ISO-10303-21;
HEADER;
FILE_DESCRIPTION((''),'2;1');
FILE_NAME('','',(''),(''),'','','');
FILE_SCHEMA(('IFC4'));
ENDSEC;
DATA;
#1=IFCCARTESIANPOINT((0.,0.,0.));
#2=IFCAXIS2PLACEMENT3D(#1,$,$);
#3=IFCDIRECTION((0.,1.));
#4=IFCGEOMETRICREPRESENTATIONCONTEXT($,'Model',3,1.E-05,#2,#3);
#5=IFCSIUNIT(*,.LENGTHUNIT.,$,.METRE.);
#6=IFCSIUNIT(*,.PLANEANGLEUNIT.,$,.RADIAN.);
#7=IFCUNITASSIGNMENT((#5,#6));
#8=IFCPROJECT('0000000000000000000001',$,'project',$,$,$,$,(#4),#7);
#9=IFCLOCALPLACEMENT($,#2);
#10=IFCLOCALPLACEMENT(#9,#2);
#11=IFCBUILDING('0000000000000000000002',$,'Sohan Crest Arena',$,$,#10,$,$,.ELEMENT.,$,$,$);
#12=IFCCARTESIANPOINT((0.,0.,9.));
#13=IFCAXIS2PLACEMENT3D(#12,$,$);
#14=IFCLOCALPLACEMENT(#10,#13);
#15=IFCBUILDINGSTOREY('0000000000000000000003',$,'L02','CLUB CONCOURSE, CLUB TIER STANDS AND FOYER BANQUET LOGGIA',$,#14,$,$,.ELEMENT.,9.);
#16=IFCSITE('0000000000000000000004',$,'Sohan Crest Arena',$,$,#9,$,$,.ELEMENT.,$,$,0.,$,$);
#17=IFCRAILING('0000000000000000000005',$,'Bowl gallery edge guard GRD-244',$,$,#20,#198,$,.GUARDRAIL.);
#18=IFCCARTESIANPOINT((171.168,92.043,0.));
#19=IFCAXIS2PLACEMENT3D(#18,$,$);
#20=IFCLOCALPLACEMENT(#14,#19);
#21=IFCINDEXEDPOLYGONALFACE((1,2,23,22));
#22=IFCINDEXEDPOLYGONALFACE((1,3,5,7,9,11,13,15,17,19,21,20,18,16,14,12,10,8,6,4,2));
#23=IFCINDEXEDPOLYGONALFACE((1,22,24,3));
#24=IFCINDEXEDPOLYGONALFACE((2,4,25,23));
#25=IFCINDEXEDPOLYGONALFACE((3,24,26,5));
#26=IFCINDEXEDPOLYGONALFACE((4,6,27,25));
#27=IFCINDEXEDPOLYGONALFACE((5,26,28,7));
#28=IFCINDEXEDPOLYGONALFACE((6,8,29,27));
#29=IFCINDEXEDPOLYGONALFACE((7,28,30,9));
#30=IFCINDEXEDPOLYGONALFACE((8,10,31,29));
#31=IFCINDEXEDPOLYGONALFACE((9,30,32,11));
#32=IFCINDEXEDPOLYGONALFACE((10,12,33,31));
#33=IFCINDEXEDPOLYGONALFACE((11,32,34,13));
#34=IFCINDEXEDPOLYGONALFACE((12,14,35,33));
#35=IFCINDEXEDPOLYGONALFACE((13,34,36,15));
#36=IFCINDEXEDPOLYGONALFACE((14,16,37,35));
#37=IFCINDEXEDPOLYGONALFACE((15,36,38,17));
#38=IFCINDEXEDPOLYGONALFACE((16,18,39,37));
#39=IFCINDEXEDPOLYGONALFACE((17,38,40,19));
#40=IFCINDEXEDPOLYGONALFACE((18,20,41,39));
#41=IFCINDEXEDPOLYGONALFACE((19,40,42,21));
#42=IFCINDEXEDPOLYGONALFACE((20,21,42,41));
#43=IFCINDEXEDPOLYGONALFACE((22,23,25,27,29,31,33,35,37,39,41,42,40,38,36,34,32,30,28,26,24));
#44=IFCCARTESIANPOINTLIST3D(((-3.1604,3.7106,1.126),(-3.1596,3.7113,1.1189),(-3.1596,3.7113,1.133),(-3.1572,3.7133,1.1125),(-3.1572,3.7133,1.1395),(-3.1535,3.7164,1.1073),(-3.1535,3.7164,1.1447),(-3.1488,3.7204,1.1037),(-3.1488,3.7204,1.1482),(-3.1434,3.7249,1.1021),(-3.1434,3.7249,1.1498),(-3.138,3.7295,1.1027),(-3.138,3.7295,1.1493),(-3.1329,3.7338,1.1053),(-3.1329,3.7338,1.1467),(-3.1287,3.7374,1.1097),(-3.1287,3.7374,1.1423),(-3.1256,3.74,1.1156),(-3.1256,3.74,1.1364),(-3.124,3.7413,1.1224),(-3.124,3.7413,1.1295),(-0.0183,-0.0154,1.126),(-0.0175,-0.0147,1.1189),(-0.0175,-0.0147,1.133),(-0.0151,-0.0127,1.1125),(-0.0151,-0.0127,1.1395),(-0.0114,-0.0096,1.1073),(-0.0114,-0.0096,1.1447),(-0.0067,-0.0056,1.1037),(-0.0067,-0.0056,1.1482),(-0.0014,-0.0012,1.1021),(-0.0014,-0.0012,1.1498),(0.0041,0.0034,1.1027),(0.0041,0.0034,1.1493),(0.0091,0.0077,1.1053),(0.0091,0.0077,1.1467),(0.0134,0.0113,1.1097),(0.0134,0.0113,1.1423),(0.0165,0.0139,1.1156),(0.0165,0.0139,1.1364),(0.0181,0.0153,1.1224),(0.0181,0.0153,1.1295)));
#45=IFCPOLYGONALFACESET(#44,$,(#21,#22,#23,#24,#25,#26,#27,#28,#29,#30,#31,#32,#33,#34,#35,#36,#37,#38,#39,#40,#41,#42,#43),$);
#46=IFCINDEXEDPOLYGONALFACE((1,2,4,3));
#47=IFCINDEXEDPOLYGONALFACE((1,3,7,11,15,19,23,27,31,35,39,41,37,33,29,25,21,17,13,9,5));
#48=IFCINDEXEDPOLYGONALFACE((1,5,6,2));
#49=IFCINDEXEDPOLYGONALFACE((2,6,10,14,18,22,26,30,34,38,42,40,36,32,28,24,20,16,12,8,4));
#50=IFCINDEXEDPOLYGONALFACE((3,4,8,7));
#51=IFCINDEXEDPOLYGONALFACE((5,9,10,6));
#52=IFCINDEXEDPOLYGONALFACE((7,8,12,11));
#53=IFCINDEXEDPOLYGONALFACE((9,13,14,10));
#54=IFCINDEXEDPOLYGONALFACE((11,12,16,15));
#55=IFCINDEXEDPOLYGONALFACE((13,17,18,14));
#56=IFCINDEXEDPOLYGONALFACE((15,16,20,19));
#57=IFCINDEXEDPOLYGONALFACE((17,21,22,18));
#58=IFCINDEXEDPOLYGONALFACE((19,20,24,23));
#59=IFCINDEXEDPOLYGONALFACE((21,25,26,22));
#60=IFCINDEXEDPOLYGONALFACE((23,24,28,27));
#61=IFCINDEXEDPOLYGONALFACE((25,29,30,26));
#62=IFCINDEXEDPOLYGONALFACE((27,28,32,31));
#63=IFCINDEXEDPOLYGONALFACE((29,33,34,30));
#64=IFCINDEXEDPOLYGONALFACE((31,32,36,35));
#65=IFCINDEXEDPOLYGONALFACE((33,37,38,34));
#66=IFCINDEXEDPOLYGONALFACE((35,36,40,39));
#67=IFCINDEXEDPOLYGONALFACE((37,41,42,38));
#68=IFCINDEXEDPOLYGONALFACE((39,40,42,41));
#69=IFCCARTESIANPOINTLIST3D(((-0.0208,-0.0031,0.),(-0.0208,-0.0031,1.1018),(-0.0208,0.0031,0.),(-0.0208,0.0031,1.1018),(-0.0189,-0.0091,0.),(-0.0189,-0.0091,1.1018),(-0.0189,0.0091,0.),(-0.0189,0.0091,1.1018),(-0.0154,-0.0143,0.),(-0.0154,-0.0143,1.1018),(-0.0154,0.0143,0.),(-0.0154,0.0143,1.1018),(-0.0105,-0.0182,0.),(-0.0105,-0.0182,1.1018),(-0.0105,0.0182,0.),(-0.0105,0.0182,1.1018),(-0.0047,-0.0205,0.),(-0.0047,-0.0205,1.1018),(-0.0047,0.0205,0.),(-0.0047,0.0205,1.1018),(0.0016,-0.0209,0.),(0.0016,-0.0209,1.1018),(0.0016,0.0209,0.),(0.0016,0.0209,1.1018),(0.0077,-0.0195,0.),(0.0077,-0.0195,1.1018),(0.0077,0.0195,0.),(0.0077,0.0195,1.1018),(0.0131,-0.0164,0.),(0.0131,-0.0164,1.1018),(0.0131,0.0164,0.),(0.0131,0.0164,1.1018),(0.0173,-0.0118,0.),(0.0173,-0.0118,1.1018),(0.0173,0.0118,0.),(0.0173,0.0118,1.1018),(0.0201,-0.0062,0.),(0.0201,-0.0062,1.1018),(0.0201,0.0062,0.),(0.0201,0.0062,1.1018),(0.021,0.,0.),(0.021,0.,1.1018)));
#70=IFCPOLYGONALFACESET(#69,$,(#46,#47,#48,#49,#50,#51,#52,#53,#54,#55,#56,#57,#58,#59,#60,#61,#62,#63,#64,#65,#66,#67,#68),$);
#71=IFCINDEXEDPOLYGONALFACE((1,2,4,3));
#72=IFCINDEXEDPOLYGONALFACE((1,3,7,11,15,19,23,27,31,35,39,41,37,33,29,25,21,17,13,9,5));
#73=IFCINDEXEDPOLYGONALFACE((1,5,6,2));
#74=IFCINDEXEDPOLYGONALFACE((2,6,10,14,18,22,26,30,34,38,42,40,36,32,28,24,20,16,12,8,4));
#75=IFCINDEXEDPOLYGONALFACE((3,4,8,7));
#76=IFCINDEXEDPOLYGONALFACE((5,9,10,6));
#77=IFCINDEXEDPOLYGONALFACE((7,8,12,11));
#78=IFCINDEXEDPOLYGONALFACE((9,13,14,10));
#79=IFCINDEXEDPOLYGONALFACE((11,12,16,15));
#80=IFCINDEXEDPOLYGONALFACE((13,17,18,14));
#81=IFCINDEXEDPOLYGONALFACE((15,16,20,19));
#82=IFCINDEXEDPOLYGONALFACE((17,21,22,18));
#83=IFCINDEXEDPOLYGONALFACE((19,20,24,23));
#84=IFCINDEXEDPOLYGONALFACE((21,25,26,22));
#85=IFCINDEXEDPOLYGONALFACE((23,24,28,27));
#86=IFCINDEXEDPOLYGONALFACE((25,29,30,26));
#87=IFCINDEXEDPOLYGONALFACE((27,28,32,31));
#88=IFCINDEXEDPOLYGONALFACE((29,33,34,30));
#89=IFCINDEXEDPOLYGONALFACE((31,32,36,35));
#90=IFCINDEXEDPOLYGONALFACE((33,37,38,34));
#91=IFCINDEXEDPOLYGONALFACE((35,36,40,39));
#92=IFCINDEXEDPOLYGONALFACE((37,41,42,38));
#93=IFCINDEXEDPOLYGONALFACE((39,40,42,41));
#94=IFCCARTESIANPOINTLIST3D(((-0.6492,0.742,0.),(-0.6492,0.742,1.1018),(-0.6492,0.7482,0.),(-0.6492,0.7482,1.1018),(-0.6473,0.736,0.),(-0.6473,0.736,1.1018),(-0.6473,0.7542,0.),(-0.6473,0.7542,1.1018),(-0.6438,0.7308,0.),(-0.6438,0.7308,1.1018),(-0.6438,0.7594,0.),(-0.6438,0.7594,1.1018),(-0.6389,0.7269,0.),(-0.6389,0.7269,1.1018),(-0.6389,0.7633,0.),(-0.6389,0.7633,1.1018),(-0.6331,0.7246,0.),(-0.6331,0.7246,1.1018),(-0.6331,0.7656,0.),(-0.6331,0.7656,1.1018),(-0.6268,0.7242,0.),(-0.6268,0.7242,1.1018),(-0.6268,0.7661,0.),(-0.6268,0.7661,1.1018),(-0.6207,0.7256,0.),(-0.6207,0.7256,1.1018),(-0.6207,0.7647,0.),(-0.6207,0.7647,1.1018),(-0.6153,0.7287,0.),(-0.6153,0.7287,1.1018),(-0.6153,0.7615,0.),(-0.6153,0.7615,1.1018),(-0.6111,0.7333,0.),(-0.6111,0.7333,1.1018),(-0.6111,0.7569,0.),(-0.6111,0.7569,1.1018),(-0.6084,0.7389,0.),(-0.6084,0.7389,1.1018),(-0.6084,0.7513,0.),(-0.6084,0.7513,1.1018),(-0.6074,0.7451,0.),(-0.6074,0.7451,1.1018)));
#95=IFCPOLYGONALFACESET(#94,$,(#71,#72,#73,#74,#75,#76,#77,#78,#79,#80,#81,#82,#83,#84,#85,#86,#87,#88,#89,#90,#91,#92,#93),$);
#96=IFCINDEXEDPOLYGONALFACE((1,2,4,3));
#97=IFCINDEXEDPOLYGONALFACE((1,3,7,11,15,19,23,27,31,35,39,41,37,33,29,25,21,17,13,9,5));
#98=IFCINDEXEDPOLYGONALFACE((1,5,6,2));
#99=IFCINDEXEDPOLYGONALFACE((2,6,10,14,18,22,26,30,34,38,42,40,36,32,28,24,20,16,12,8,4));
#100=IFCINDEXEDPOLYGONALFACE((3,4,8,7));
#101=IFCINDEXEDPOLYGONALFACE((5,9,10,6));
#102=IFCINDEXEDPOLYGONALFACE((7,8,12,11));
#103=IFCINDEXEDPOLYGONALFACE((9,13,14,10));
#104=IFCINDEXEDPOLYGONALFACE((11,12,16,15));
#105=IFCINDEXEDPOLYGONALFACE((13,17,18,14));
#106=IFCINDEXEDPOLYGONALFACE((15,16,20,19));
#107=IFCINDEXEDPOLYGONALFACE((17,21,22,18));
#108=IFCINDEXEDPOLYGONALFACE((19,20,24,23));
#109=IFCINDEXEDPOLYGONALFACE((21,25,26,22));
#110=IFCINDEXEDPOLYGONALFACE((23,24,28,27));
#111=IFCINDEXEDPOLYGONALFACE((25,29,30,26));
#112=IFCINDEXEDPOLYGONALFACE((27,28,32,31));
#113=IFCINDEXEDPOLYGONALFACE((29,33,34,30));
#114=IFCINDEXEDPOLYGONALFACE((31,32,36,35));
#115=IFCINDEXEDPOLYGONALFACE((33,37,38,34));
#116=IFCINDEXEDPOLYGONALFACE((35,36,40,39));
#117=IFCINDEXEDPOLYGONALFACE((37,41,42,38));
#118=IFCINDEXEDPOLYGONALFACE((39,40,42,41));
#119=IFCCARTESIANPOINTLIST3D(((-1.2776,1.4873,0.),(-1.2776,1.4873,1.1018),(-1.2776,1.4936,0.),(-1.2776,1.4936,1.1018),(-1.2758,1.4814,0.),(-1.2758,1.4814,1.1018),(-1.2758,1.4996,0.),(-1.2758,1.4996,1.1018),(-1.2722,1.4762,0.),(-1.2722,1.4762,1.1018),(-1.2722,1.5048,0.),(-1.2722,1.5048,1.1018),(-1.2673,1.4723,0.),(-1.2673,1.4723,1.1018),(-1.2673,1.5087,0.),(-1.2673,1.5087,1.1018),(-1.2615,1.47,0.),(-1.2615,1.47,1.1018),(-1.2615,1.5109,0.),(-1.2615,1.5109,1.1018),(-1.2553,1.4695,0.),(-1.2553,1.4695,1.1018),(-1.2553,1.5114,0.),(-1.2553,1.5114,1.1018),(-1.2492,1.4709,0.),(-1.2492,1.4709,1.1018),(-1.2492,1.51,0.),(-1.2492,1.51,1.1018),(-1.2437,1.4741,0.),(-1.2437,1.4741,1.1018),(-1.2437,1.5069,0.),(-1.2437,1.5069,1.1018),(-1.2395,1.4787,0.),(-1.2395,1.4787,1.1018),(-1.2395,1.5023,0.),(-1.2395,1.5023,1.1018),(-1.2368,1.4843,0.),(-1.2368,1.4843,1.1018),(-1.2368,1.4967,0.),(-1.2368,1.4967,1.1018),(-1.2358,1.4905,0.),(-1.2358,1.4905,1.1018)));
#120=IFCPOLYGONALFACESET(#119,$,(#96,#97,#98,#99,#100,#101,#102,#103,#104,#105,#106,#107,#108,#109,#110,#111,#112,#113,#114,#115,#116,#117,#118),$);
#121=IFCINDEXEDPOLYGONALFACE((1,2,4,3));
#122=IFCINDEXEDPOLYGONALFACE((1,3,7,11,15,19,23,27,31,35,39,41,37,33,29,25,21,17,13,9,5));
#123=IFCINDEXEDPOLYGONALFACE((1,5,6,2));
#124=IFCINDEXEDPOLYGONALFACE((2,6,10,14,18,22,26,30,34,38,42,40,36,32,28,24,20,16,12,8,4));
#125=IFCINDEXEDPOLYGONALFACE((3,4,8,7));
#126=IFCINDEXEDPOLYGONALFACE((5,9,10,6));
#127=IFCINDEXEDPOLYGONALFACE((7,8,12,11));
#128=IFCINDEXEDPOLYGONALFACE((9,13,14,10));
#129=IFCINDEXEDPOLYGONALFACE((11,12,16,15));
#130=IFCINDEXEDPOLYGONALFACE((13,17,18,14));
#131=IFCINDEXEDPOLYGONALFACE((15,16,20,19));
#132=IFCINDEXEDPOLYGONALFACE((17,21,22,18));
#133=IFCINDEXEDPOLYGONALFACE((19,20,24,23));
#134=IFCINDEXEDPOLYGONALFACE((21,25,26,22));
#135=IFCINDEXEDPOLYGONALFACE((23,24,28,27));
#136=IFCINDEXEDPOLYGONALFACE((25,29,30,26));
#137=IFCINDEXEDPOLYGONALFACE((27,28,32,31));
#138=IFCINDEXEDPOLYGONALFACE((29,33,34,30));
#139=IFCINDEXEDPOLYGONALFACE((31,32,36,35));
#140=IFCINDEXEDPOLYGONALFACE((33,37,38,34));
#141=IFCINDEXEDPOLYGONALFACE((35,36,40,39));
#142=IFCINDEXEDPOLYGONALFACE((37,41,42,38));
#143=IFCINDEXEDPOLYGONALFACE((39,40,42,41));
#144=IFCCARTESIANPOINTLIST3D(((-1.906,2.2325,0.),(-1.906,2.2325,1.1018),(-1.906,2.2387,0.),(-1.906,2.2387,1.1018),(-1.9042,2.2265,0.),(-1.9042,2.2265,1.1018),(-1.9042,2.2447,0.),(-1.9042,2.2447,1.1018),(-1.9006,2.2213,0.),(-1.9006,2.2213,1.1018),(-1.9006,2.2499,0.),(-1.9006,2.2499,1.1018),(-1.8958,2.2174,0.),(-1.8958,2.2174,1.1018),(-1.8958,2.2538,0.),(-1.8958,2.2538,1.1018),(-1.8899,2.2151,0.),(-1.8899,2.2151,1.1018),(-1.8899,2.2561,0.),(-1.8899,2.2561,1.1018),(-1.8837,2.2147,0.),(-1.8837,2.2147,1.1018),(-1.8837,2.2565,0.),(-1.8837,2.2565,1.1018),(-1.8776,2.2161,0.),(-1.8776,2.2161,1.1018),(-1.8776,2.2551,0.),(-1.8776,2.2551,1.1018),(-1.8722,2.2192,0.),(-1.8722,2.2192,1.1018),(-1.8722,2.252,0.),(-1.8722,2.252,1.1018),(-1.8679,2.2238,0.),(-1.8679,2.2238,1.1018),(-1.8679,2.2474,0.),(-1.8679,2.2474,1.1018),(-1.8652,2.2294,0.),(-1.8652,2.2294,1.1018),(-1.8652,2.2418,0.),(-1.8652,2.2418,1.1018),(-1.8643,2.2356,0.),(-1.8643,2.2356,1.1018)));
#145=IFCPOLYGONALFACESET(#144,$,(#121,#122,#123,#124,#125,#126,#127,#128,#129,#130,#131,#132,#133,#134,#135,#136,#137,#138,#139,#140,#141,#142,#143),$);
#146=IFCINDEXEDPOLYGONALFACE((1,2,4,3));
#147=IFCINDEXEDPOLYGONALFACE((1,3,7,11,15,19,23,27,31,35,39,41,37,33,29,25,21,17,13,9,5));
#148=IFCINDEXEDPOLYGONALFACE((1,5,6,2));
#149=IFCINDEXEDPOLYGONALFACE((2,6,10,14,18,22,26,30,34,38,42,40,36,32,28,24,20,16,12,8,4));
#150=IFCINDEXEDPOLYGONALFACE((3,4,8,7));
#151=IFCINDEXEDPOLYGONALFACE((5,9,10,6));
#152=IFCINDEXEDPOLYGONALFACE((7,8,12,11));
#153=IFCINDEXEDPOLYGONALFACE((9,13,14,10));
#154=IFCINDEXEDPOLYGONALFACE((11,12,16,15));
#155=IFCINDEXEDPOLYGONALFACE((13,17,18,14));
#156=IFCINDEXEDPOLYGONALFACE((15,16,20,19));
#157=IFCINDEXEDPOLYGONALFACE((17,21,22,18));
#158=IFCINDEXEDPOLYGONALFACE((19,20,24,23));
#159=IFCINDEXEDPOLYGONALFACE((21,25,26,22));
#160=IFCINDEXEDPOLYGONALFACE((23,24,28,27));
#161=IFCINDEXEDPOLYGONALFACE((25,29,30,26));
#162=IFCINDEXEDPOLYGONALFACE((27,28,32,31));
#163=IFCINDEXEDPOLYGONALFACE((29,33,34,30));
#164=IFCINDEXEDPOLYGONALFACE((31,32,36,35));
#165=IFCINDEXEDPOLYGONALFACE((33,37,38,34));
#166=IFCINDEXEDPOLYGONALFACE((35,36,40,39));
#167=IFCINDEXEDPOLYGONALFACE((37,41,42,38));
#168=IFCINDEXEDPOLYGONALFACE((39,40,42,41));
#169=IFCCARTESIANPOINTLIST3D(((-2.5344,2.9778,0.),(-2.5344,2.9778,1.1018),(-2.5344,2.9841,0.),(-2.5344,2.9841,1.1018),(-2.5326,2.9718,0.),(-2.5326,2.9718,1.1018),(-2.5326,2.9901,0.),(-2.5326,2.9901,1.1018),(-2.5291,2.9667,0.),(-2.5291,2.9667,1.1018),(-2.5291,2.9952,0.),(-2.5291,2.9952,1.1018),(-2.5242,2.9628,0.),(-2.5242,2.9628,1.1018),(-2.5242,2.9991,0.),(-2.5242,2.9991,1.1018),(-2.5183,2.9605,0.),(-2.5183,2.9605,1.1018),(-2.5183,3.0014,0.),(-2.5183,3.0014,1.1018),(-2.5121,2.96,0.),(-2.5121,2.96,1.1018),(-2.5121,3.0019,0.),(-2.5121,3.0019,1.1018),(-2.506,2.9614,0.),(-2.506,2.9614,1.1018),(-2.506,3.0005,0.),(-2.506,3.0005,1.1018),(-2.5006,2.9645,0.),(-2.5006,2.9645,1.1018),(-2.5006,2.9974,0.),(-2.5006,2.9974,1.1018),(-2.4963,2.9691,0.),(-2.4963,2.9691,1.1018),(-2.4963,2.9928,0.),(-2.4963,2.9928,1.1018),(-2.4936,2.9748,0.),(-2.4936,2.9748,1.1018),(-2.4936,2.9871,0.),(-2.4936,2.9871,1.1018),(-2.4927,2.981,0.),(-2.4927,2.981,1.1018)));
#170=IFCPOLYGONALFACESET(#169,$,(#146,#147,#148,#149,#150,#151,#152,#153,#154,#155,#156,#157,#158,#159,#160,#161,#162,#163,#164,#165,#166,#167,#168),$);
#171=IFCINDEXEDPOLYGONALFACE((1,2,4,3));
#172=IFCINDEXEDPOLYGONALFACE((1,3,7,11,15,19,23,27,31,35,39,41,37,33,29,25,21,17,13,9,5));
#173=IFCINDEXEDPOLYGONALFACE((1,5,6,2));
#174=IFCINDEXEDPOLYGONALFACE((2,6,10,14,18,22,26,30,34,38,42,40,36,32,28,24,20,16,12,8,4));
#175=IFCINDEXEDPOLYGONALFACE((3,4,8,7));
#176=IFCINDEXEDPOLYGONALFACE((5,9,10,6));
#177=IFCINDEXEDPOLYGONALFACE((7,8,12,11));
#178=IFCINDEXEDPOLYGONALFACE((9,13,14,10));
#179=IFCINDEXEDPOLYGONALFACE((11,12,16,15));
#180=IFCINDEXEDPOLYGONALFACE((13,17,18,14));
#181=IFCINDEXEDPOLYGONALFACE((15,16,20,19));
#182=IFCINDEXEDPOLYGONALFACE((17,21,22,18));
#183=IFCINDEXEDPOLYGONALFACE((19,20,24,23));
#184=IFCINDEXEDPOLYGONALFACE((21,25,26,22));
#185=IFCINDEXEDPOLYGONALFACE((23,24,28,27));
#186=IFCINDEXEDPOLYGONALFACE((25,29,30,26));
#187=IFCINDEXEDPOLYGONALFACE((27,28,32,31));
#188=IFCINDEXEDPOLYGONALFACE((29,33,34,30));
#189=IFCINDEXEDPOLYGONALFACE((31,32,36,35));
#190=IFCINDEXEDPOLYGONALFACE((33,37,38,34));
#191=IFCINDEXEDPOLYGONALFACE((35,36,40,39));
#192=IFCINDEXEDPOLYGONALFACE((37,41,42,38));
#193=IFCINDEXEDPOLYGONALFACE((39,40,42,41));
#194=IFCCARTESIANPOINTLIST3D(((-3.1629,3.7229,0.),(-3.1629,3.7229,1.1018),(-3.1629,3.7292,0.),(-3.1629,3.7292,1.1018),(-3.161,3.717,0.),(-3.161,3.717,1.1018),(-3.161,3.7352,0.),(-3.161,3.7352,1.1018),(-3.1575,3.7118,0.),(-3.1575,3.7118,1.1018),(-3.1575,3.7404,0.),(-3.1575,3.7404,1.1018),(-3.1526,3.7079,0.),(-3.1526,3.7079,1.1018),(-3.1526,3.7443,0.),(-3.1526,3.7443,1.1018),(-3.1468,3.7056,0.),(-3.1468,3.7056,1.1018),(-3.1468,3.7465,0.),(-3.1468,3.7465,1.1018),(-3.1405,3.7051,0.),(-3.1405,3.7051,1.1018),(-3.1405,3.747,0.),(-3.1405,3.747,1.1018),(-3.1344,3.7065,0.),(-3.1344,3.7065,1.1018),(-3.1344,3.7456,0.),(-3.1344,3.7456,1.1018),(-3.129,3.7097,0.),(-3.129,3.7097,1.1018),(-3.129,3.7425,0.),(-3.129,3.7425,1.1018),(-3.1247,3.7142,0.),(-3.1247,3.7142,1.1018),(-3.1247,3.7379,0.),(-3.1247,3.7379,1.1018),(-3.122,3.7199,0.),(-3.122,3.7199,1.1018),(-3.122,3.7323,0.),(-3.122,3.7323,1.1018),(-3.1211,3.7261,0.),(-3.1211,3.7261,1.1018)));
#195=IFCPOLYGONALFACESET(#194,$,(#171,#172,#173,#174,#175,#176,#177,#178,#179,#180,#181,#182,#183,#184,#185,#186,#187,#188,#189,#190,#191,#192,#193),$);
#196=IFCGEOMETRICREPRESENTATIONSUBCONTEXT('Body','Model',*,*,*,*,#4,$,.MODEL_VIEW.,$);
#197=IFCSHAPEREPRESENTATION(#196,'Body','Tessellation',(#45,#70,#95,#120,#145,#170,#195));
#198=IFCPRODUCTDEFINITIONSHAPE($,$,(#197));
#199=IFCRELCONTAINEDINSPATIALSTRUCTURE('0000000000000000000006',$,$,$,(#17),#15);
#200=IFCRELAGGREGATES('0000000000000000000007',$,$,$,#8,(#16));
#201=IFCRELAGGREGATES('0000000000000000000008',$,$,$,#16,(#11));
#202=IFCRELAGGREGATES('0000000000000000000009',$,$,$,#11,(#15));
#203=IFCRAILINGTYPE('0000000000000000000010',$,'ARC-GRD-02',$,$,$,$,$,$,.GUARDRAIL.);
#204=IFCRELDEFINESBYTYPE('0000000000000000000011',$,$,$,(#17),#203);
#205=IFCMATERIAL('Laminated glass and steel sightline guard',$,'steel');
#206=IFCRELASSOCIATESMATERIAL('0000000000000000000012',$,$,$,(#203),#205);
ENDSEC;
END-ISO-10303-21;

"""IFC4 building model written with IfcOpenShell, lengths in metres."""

from ifc_helpers import new_model, si_unit, direction, frame, origin, origin_2d, place, context, subcontext, project, spatial, circle, extrude, material, type_object, element, save


model = new_model("IFC4")

# Units and contexts
model_context = context("Model", 3, precision=1e-05, world=origin(), true_north=direction((0.0, 1.0)))
body_context = subcontext(model_context, "Body", "Model", "MODEL_VIEW")
ifc_project = project(units=[si_unit("LENGTHUNIT", "METRE"), si_unit("PLANEANGLEUNIT", "RADIAN")], contexts=[model_context])

# Site, building, storey
site_placement = place(None, origin())
site = spatial("IfcSite", under=ifc_project, at=site_placement, Name="Sohan Crest Arena", CompositionType="ELEMENT", RefElevation=0.0)
building_placement = place(site_placement, origin())
building = spatial("IfcBuilding", under=site, at=building_placement, Name="Sohan Crest Arena", CompositionType="ELEMENT")
storey_placement = place(building_placement, frame((0.0, 0.0, 9.0)))
storey = spatial("IfcBuildingStorey", under=building, at=storey_placement, Name="L02", Description="CLUB CONCOURSE, CLUB TIER STANDS AND FOYER BANQUET LOGGIA", CompositionType="ELEMENT", Elevation=9.0)

# Railing
ifc_material_1 = material(Name="Laminated glass and steel sightline guard", Category="steel")
railing_type = type_object("IfcRailingType", Name="ARC-GRD-02", PredefinedType="GUARDRAIL", material=ifc_material_1)
railing_placement = place(storey_placement, frame((171.168, 92.043, 0.0)))
element("IfcRailing", 1, at=railing_placement, inside=storey, type_object=railing_type, Name="Bowl gallery edge guard GRD-244", PredefinedType="GUARDRAIL", context=body_context, shape_type="SweptSolid", body=[
    extrude(circle(Radius=0.0239, at=origin_2d()), frame((0.0, 0.0, 1.126), z_axis=(-0.644657, 0.764472, 0.0), x_axis=(-0.764472, -0.644657, 0.0)), (0.0, 0.0, 1.0), 4.874),
    extrude(circle(Radius=0.021, at=origin_2d()), origin(), (0.0, 0.0, 1.0), 1.1018),
    extrude(circle(Radius=0.021, at=origin_2d()), frame((-0.6284, 0.7451, 0.0)), (0.0, 0.0, 1.0), 1.1018),
    extrude(circle(Radius=0.021, at=origin_2d()), frame((-1.2568, 1.4905, 0.0)), (0.0, 0.0, 1.0), 1.1018),
    extrude(circle(Radius=0.021, at=origin_2d()), frame((-1.8853, 2.2356, 0.0)), (0.0, 0.0, 1.0), 1.1018),
    extrude(circle(Radius=0.021, at=origin_2d()), frame((-2.5137, 2.981, 0.0)), (0.0, 0.0, 1.0), 1.1018),
    extrude(circle(Radius=0.021, at=origin_2d()), frame((-3.1421, 3.7261, 0.0)), (0.0, 0.0, 1.0), 1.1018),
])

save(model, "model.ifc")
